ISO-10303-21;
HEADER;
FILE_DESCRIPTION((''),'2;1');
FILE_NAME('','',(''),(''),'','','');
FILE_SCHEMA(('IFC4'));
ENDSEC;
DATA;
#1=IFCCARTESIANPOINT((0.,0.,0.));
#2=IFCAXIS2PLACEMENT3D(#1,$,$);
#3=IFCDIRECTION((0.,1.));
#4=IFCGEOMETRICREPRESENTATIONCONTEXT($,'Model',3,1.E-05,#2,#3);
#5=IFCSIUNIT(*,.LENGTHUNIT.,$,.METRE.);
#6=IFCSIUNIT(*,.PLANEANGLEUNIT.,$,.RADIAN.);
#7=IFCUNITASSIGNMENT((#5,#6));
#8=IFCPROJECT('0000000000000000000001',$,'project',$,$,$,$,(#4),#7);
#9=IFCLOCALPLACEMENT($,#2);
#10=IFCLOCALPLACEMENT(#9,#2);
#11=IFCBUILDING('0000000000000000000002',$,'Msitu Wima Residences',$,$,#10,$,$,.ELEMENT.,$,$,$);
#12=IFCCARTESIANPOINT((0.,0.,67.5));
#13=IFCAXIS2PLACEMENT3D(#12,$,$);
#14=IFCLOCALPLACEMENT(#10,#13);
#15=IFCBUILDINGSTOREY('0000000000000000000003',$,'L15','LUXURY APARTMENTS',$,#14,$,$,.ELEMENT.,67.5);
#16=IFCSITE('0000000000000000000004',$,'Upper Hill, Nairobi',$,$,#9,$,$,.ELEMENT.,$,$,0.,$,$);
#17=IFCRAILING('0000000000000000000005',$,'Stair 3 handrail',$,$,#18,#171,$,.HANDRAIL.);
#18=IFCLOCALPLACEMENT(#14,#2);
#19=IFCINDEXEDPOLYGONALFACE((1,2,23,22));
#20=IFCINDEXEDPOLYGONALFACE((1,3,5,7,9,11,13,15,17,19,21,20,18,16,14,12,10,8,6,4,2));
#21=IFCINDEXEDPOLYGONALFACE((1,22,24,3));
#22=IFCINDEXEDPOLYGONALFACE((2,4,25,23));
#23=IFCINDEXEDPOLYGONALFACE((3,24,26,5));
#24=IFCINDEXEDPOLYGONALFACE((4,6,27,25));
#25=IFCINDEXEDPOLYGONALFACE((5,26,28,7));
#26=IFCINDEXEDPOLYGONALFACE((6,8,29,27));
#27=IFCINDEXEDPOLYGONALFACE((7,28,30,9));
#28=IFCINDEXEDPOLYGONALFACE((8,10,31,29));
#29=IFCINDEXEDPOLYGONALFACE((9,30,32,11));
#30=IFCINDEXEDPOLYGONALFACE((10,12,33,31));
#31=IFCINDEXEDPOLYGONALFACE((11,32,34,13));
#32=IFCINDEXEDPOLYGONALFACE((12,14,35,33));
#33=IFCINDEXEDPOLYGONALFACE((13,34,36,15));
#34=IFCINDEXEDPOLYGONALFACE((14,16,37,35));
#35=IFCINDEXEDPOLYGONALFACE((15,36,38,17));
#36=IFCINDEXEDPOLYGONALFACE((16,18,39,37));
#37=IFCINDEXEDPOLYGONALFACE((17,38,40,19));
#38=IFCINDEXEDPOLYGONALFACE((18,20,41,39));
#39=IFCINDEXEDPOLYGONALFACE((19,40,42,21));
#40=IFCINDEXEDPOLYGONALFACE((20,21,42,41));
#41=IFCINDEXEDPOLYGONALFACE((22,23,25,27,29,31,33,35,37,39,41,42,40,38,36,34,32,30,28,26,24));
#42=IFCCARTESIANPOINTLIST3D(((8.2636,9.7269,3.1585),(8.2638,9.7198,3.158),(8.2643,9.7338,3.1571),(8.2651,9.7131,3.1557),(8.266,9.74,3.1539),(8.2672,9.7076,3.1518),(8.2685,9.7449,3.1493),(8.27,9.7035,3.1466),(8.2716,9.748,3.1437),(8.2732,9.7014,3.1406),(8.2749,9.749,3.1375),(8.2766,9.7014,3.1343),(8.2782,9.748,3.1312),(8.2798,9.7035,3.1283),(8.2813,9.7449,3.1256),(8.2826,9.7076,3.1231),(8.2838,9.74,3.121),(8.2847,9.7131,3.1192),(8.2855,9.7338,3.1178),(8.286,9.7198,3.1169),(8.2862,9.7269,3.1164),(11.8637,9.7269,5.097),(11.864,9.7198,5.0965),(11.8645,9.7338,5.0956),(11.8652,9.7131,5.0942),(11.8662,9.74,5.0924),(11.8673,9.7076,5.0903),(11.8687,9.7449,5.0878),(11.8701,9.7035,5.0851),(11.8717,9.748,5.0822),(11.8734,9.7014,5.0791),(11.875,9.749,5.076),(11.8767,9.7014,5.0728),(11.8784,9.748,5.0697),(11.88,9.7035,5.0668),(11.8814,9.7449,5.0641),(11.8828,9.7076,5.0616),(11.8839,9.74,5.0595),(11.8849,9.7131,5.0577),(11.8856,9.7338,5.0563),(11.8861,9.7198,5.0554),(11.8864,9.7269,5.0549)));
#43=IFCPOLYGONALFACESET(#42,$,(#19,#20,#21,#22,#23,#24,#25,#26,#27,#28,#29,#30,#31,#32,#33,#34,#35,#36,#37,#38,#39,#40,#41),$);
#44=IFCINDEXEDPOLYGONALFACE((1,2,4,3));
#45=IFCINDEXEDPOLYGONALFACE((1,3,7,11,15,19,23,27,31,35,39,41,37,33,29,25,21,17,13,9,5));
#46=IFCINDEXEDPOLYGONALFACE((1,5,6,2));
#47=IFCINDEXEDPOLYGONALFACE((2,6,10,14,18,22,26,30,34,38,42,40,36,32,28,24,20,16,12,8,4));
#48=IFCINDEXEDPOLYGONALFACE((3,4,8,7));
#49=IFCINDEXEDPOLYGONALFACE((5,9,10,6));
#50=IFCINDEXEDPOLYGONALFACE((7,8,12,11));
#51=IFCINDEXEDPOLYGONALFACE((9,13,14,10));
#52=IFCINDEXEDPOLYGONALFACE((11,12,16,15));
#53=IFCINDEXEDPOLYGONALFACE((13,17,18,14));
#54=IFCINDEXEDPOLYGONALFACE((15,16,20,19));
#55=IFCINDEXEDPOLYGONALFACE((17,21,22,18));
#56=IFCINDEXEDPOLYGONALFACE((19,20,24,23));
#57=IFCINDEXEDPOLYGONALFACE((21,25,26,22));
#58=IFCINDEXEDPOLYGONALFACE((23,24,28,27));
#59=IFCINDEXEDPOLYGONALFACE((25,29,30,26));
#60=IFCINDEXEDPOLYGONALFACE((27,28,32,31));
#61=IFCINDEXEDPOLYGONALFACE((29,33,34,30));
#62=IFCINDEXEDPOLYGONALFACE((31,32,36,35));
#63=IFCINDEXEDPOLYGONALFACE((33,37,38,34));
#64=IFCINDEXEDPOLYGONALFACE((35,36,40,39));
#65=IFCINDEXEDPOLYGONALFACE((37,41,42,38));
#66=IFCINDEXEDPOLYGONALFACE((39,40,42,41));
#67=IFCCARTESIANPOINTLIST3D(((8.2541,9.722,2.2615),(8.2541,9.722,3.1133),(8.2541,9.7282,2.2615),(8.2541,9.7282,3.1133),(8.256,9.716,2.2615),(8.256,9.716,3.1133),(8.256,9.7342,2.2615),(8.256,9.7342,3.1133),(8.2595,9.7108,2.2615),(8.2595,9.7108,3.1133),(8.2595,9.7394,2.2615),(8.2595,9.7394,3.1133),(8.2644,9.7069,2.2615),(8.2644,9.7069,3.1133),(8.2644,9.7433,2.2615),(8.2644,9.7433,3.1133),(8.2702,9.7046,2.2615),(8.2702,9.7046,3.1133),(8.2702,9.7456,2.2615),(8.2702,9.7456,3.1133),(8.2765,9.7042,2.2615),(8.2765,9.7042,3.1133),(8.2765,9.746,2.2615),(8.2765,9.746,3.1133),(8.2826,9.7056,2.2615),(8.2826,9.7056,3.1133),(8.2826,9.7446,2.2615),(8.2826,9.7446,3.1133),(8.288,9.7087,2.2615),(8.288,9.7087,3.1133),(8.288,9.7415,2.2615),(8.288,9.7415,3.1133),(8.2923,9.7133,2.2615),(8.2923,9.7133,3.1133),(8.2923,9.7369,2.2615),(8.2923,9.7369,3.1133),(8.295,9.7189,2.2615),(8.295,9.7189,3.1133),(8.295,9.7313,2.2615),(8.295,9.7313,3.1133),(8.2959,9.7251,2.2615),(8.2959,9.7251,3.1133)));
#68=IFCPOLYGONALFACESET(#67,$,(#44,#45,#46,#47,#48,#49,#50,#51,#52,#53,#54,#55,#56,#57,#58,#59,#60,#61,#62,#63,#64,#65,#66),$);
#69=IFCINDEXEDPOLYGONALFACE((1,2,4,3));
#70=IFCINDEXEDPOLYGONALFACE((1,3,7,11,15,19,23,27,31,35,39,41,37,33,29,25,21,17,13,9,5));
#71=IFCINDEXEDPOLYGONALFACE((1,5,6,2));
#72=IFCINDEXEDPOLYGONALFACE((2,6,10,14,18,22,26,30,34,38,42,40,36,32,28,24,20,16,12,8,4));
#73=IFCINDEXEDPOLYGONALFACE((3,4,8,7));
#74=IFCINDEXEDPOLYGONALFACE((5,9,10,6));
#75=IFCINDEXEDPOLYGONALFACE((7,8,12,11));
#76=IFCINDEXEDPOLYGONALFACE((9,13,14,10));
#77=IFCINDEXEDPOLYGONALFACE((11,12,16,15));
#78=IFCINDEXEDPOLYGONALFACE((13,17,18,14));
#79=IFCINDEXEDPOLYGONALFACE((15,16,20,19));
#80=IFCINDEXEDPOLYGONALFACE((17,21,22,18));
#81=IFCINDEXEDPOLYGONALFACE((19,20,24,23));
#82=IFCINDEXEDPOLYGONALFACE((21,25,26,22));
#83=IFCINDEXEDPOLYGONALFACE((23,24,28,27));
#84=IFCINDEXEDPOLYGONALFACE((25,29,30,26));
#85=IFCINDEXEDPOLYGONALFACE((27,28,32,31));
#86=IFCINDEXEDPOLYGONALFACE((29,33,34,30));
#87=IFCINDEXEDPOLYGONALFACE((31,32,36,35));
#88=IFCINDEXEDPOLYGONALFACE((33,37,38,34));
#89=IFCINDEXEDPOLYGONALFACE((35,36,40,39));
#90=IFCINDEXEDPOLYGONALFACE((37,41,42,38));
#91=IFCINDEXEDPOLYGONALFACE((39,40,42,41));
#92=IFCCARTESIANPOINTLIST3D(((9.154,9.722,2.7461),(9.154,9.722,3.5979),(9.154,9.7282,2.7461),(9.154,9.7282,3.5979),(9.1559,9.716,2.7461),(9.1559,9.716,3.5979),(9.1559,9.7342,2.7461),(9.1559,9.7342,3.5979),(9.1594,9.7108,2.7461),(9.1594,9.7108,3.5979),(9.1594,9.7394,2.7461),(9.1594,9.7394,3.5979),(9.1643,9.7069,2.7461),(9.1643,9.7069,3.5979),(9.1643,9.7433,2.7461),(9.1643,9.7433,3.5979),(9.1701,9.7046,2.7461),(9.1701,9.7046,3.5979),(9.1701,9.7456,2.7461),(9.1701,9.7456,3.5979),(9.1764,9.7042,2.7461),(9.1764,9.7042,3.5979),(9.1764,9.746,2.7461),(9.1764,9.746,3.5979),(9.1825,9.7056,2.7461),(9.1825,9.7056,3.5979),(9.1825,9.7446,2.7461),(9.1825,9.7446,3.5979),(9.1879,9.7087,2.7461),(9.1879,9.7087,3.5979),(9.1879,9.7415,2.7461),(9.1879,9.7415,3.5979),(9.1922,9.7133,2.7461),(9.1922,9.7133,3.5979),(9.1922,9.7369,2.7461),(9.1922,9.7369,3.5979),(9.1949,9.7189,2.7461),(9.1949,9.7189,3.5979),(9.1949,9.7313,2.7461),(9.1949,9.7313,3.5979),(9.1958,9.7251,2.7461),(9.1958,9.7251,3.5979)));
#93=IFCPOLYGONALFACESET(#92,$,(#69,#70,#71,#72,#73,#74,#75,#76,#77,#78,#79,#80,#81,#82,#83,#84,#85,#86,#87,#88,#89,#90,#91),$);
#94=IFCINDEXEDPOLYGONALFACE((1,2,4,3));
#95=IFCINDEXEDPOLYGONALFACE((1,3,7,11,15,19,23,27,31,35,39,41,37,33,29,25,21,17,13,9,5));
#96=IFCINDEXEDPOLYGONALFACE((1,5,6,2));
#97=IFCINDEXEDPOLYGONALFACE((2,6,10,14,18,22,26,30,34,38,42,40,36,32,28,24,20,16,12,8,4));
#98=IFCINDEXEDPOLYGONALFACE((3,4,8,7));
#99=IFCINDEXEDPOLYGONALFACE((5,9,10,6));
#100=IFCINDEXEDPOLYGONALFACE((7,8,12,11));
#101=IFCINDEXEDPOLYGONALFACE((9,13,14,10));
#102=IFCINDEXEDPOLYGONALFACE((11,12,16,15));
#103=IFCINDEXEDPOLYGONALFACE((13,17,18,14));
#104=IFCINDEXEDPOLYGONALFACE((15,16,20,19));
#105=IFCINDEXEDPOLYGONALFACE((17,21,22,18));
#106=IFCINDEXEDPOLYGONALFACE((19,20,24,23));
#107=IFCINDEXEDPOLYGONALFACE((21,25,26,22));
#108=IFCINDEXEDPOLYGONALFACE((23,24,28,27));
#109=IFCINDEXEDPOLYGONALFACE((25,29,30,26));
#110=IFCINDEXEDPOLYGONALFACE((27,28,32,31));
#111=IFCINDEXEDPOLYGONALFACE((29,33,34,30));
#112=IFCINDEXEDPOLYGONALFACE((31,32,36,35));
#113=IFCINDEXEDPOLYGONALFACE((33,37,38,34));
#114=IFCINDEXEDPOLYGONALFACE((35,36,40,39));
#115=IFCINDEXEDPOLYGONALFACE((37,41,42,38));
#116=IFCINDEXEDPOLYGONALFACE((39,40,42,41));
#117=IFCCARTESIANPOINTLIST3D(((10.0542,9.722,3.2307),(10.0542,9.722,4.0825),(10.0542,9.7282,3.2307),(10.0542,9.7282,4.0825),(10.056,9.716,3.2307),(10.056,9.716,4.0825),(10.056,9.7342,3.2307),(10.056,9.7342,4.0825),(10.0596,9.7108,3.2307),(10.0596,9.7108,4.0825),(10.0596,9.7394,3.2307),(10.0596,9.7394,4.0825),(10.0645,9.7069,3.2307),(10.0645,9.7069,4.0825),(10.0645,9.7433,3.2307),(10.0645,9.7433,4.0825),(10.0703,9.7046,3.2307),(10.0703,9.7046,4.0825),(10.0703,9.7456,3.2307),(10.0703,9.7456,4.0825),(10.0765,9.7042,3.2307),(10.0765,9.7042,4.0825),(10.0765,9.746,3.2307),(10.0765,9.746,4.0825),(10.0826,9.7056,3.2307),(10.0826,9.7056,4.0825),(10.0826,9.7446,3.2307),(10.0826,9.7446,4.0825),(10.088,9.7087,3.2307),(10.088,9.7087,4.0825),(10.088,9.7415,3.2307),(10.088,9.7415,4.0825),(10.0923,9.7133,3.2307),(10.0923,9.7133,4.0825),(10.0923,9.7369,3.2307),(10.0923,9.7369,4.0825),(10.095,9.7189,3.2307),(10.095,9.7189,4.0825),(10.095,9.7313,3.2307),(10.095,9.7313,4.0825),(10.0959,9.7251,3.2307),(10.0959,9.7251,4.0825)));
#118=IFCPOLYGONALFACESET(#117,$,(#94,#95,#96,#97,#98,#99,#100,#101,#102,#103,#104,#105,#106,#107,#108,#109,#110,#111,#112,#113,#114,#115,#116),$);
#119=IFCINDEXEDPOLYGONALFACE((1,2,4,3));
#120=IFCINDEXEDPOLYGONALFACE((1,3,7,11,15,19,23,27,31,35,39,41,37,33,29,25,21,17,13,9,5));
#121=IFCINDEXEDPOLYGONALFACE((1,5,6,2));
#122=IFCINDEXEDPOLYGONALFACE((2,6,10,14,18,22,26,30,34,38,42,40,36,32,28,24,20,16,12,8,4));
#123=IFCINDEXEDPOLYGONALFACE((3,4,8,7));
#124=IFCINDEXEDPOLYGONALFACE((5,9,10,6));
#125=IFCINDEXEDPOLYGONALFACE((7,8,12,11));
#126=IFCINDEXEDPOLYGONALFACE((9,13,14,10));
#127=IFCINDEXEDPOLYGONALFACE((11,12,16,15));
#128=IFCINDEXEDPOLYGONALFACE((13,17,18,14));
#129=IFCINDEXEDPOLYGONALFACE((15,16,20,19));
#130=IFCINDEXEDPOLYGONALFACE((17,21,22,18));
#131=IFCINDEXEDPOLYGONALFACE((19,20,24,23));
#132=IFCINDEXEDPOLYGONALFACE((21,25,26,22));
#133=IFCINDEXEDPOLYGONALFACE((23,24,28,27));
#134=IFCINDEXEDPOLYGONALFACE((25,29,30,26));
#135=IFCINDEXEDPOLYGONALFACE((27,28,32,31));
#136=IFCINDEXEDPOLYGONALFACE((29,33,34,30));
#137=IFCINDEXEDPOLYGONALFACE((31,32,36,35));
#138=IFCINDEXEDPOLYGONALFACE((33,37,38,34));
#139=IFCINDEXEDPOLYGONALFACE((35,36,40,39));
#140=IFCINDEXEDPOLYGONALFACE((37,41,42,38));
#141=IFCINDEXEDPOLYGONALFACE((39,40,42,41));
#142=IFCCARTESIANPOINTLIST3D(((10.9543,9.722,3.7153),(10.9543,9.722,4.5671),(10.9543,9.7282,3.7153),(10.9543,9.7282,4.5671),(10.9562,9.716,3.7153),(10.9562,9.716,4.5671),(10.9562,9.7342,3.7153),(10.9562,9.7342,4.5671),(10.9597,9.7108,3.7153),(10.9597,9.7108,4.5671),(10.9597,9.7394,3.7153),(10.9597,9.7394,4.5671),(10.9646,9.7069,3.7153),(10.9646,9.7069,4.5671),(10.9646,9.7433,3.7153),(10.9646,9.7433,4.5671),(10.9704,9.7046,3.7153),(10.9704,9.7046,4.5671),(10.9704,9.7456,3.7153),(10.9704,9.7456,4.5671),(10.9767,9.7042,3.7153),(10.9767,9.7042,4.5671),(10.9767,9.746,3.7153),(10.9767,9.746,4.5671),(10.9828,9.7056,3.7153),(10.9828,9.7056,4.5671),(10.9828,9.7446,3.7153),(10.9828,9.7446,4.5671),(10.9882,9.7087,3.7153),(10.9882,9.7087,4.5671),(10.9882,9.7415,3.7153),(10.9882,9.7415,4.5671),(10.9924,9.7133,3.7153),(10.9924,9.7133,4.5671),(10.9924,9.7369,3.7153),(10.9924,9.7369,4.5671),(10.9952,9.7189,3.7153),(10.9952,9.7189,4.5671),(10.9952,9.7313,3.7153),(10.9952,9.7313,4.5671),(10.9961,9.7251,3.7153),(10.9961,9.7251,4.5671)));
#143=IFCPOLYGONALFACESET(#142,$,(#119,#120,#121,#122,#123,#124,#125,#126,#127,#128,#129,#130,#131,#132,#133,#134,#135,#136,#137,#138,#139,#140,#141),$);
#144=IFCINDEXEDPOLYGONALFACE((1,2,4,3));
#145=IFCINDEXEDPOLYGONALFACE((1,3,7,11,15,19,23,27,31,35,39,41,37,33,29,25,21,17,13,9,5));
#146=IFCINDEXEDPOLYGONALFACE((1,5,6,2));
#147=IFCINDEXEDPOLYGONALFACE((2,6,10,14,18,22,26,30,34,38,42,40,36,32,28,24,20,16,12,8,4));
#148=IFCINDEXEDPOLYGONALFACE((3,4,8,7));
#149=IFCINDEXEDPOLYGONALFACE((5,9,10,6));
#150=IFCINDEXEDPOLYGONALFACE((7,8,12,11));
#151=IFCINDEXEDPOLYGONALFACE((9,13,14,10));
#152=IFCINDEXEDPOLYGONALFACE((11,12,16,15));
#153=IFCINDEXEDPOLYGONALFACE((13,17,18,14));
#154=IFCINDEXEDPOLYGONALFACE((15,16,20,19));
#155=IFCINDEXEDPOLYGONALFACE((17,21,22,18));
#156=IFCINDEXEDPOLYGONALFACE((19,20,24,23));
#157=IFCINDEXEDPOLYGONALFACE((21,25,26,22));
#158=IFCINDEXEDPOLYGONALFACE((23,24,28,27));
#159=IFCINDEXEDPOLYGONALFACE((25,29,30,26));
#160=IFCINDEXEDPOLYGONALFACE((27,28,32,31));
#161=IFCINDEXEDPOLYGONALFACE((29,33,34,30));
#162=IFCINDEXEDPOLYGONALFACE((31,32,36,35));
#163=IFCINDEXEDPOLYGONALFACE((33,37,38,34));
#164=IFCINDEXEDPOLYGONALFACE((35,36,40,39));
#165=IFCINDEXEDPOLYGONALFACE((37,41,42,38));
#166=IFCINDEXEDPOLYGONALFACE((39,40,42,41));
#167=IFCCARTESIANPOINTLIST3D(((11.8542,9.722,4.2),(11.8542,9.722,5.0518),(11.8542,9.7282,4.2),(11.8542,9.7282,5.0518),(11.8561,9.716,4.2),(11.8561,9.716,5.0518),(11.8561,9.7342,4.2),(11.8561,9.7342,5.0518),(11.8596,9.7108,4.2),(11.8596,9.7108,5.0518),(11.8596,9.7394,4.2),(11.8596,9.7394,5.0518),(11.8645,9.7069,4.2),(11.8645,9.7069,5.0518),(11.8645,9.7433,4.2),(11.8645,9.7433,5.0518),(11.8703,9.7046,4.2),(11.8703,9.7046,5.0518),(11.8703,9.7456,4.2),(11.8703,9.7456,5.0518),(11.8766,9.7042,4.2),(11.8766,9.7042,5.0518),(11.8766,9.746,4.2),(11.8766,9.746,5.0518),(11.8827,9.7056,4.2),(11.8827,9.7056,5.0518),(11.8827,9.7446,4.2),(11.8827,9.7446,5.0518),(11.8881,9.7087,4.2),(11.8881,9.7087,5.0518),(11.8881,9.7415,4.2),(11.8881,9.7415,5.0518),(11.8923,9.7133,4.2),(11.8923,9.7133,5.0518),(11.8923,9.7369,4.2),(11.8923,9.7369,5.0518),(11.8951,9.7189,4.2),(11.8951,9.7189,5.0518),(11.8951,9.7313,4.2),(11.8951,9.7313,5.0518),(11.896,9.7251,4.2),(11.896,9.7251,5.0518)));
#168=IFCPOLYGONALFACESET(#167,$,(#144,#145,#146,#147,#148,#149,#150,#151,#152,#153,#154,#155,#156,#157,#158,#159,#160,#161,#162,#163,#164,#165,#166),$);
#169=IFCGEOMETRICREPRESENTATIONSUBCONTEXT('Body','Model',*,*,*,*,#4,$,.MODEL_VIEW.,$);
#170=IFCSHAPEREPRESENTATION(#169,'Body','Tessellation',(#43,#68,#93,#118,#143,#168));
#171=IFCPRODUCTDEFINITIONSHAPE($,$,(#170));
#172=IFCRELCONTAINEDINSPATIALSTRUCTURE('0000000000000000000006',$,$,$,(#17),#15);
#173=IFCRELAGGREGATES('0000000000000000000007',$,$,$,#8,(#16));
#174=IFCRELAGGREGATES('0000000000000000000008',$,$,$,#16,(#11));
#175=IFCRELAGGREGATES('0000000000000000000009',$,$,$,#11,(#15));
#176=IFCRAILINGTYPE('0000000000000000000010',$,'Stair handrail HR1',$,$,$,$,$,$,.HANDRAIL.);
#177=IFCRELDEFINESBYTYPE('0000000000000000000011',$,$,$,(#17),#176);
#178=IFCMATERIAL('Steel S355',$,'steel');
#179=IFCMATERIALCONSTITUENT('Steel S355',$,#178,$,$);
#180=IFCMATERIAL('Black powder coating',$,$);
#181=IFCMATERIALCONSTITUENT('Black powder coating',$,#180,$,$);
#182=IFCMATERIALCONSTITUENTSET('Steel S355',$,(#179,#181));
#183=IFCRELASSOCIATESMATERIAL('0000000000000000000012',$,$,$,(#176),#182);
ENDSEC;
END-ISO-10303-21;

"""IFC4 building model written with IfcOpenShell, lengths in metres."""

from ifc_helpers import new_model, si_unit, direction, frame, origin, origin_2d, place, context, subcontext, project, spatial, circle, extrude, material, constituent, constituent_set, type_object, element, save


model = new_model("IFC4")

# Units and contexts
model_context = context("Model", 3, precision=1e-05, world=origin(), true_north=direction((0.0, 1.0)))
body_context = subcontext(model_context, "Body", "Model", "MODEL_VIEW")
ifc_project = project(units=[si_unit("LENGTHUNIT", "METRE"), si_unit("PLANEANGLEUNIT", "RADIAN")], contexts=[model_context])

# Site, building, storey
site_placement = place(None, origin())
site = spatial("IfcSite", under=ifc_project, at=site_placement, Name="Upper Hill, Nairobi", CompositionType="ELEMENT", RefElevation=0.0)
building_placement = place(site_placement, origin())
building = spatial("IfcBuilding", under=site, at=building_placement, Name="Msitu Wima Residences", CompositionType="ELEMENT")
storey_placement = place(building_placement, frame((0.0, 0.0, 67.5)))
storey = spatial("IfcBuildingStorey", under=building, at=storey_placement, Name="L15", Description="LUXURY APARTMENTS", CompositionType="ELEMENT", Elevation=67.5)

# Railing
ifc_material_1 = material(Name="Steel S355", Category="steel")
ifc_constituent_1 = constituent(ifc_material_1, Name="Steel S355")
ifc_material_2 = material(Name="Black powder coating")
ifc_constituent_2 = constituent(ifc_material_2, Name="Black powder coating")
ifc_constituent_set = constituent_set(constituents=[ifc_constituent_1, ifc_constituent_2], Name="Steel S355")
railing_type = type_object("IfcRailingType", Name="Stair handrail HR1", PredefinedType="HANDRAIL", material=ifc_constituent_set)
for number, where, name in (
    (1, (8.2749, 9.7251, 2.2615), "Stair 3 handrail"),
):
    element("IfcRailing", number, at=place(storey_placement, frame(where)), inside=storey, type_object=railing_type, Name=name, PredefinedType="HANDRAIL", context=body_context, shape_type="SweptSolid", body=[
        extrude(circle(Radius=0.0239, at=origin_2d()), frame((0.0, 0.0, 0.876), z_axis=(0.880475, 0.0, 0.474093), x_axis=(0.0, 1.0, 0.0)), (0.0, 0.0, 1.0), 4.0889),
        extrude(circle(Radius=0.021, at=origin_2d()), origin(), (0.0, 0.0, 1.0), 0.8518),
        extrude(circle(Radius=0.021, at=origin_2d()), frame((0.8999, 0.0, 0.4846)), (0.0, 0.0, 1.0), 0.8518),
        extrude(circle(Radius=0.021, at=origin_2d()), frame((1.8, 0.0, 0.9692)), (0.0, 0.0, 1.0), 0.8518),
        extrude(circle(Radius=0.021, at=origin_2d()), frame((2.7002, 0.0, 1.4539)), (0.0, 0.0, 1.0), 0.8518),
        extrude(circle(Radius=0.021, at=origin_2d()), frame((3.6001, 0.0, 1.9385)), (0.0, 0.0, 1.0), 0.8518),
    ])

save(model, "model.ifc")
